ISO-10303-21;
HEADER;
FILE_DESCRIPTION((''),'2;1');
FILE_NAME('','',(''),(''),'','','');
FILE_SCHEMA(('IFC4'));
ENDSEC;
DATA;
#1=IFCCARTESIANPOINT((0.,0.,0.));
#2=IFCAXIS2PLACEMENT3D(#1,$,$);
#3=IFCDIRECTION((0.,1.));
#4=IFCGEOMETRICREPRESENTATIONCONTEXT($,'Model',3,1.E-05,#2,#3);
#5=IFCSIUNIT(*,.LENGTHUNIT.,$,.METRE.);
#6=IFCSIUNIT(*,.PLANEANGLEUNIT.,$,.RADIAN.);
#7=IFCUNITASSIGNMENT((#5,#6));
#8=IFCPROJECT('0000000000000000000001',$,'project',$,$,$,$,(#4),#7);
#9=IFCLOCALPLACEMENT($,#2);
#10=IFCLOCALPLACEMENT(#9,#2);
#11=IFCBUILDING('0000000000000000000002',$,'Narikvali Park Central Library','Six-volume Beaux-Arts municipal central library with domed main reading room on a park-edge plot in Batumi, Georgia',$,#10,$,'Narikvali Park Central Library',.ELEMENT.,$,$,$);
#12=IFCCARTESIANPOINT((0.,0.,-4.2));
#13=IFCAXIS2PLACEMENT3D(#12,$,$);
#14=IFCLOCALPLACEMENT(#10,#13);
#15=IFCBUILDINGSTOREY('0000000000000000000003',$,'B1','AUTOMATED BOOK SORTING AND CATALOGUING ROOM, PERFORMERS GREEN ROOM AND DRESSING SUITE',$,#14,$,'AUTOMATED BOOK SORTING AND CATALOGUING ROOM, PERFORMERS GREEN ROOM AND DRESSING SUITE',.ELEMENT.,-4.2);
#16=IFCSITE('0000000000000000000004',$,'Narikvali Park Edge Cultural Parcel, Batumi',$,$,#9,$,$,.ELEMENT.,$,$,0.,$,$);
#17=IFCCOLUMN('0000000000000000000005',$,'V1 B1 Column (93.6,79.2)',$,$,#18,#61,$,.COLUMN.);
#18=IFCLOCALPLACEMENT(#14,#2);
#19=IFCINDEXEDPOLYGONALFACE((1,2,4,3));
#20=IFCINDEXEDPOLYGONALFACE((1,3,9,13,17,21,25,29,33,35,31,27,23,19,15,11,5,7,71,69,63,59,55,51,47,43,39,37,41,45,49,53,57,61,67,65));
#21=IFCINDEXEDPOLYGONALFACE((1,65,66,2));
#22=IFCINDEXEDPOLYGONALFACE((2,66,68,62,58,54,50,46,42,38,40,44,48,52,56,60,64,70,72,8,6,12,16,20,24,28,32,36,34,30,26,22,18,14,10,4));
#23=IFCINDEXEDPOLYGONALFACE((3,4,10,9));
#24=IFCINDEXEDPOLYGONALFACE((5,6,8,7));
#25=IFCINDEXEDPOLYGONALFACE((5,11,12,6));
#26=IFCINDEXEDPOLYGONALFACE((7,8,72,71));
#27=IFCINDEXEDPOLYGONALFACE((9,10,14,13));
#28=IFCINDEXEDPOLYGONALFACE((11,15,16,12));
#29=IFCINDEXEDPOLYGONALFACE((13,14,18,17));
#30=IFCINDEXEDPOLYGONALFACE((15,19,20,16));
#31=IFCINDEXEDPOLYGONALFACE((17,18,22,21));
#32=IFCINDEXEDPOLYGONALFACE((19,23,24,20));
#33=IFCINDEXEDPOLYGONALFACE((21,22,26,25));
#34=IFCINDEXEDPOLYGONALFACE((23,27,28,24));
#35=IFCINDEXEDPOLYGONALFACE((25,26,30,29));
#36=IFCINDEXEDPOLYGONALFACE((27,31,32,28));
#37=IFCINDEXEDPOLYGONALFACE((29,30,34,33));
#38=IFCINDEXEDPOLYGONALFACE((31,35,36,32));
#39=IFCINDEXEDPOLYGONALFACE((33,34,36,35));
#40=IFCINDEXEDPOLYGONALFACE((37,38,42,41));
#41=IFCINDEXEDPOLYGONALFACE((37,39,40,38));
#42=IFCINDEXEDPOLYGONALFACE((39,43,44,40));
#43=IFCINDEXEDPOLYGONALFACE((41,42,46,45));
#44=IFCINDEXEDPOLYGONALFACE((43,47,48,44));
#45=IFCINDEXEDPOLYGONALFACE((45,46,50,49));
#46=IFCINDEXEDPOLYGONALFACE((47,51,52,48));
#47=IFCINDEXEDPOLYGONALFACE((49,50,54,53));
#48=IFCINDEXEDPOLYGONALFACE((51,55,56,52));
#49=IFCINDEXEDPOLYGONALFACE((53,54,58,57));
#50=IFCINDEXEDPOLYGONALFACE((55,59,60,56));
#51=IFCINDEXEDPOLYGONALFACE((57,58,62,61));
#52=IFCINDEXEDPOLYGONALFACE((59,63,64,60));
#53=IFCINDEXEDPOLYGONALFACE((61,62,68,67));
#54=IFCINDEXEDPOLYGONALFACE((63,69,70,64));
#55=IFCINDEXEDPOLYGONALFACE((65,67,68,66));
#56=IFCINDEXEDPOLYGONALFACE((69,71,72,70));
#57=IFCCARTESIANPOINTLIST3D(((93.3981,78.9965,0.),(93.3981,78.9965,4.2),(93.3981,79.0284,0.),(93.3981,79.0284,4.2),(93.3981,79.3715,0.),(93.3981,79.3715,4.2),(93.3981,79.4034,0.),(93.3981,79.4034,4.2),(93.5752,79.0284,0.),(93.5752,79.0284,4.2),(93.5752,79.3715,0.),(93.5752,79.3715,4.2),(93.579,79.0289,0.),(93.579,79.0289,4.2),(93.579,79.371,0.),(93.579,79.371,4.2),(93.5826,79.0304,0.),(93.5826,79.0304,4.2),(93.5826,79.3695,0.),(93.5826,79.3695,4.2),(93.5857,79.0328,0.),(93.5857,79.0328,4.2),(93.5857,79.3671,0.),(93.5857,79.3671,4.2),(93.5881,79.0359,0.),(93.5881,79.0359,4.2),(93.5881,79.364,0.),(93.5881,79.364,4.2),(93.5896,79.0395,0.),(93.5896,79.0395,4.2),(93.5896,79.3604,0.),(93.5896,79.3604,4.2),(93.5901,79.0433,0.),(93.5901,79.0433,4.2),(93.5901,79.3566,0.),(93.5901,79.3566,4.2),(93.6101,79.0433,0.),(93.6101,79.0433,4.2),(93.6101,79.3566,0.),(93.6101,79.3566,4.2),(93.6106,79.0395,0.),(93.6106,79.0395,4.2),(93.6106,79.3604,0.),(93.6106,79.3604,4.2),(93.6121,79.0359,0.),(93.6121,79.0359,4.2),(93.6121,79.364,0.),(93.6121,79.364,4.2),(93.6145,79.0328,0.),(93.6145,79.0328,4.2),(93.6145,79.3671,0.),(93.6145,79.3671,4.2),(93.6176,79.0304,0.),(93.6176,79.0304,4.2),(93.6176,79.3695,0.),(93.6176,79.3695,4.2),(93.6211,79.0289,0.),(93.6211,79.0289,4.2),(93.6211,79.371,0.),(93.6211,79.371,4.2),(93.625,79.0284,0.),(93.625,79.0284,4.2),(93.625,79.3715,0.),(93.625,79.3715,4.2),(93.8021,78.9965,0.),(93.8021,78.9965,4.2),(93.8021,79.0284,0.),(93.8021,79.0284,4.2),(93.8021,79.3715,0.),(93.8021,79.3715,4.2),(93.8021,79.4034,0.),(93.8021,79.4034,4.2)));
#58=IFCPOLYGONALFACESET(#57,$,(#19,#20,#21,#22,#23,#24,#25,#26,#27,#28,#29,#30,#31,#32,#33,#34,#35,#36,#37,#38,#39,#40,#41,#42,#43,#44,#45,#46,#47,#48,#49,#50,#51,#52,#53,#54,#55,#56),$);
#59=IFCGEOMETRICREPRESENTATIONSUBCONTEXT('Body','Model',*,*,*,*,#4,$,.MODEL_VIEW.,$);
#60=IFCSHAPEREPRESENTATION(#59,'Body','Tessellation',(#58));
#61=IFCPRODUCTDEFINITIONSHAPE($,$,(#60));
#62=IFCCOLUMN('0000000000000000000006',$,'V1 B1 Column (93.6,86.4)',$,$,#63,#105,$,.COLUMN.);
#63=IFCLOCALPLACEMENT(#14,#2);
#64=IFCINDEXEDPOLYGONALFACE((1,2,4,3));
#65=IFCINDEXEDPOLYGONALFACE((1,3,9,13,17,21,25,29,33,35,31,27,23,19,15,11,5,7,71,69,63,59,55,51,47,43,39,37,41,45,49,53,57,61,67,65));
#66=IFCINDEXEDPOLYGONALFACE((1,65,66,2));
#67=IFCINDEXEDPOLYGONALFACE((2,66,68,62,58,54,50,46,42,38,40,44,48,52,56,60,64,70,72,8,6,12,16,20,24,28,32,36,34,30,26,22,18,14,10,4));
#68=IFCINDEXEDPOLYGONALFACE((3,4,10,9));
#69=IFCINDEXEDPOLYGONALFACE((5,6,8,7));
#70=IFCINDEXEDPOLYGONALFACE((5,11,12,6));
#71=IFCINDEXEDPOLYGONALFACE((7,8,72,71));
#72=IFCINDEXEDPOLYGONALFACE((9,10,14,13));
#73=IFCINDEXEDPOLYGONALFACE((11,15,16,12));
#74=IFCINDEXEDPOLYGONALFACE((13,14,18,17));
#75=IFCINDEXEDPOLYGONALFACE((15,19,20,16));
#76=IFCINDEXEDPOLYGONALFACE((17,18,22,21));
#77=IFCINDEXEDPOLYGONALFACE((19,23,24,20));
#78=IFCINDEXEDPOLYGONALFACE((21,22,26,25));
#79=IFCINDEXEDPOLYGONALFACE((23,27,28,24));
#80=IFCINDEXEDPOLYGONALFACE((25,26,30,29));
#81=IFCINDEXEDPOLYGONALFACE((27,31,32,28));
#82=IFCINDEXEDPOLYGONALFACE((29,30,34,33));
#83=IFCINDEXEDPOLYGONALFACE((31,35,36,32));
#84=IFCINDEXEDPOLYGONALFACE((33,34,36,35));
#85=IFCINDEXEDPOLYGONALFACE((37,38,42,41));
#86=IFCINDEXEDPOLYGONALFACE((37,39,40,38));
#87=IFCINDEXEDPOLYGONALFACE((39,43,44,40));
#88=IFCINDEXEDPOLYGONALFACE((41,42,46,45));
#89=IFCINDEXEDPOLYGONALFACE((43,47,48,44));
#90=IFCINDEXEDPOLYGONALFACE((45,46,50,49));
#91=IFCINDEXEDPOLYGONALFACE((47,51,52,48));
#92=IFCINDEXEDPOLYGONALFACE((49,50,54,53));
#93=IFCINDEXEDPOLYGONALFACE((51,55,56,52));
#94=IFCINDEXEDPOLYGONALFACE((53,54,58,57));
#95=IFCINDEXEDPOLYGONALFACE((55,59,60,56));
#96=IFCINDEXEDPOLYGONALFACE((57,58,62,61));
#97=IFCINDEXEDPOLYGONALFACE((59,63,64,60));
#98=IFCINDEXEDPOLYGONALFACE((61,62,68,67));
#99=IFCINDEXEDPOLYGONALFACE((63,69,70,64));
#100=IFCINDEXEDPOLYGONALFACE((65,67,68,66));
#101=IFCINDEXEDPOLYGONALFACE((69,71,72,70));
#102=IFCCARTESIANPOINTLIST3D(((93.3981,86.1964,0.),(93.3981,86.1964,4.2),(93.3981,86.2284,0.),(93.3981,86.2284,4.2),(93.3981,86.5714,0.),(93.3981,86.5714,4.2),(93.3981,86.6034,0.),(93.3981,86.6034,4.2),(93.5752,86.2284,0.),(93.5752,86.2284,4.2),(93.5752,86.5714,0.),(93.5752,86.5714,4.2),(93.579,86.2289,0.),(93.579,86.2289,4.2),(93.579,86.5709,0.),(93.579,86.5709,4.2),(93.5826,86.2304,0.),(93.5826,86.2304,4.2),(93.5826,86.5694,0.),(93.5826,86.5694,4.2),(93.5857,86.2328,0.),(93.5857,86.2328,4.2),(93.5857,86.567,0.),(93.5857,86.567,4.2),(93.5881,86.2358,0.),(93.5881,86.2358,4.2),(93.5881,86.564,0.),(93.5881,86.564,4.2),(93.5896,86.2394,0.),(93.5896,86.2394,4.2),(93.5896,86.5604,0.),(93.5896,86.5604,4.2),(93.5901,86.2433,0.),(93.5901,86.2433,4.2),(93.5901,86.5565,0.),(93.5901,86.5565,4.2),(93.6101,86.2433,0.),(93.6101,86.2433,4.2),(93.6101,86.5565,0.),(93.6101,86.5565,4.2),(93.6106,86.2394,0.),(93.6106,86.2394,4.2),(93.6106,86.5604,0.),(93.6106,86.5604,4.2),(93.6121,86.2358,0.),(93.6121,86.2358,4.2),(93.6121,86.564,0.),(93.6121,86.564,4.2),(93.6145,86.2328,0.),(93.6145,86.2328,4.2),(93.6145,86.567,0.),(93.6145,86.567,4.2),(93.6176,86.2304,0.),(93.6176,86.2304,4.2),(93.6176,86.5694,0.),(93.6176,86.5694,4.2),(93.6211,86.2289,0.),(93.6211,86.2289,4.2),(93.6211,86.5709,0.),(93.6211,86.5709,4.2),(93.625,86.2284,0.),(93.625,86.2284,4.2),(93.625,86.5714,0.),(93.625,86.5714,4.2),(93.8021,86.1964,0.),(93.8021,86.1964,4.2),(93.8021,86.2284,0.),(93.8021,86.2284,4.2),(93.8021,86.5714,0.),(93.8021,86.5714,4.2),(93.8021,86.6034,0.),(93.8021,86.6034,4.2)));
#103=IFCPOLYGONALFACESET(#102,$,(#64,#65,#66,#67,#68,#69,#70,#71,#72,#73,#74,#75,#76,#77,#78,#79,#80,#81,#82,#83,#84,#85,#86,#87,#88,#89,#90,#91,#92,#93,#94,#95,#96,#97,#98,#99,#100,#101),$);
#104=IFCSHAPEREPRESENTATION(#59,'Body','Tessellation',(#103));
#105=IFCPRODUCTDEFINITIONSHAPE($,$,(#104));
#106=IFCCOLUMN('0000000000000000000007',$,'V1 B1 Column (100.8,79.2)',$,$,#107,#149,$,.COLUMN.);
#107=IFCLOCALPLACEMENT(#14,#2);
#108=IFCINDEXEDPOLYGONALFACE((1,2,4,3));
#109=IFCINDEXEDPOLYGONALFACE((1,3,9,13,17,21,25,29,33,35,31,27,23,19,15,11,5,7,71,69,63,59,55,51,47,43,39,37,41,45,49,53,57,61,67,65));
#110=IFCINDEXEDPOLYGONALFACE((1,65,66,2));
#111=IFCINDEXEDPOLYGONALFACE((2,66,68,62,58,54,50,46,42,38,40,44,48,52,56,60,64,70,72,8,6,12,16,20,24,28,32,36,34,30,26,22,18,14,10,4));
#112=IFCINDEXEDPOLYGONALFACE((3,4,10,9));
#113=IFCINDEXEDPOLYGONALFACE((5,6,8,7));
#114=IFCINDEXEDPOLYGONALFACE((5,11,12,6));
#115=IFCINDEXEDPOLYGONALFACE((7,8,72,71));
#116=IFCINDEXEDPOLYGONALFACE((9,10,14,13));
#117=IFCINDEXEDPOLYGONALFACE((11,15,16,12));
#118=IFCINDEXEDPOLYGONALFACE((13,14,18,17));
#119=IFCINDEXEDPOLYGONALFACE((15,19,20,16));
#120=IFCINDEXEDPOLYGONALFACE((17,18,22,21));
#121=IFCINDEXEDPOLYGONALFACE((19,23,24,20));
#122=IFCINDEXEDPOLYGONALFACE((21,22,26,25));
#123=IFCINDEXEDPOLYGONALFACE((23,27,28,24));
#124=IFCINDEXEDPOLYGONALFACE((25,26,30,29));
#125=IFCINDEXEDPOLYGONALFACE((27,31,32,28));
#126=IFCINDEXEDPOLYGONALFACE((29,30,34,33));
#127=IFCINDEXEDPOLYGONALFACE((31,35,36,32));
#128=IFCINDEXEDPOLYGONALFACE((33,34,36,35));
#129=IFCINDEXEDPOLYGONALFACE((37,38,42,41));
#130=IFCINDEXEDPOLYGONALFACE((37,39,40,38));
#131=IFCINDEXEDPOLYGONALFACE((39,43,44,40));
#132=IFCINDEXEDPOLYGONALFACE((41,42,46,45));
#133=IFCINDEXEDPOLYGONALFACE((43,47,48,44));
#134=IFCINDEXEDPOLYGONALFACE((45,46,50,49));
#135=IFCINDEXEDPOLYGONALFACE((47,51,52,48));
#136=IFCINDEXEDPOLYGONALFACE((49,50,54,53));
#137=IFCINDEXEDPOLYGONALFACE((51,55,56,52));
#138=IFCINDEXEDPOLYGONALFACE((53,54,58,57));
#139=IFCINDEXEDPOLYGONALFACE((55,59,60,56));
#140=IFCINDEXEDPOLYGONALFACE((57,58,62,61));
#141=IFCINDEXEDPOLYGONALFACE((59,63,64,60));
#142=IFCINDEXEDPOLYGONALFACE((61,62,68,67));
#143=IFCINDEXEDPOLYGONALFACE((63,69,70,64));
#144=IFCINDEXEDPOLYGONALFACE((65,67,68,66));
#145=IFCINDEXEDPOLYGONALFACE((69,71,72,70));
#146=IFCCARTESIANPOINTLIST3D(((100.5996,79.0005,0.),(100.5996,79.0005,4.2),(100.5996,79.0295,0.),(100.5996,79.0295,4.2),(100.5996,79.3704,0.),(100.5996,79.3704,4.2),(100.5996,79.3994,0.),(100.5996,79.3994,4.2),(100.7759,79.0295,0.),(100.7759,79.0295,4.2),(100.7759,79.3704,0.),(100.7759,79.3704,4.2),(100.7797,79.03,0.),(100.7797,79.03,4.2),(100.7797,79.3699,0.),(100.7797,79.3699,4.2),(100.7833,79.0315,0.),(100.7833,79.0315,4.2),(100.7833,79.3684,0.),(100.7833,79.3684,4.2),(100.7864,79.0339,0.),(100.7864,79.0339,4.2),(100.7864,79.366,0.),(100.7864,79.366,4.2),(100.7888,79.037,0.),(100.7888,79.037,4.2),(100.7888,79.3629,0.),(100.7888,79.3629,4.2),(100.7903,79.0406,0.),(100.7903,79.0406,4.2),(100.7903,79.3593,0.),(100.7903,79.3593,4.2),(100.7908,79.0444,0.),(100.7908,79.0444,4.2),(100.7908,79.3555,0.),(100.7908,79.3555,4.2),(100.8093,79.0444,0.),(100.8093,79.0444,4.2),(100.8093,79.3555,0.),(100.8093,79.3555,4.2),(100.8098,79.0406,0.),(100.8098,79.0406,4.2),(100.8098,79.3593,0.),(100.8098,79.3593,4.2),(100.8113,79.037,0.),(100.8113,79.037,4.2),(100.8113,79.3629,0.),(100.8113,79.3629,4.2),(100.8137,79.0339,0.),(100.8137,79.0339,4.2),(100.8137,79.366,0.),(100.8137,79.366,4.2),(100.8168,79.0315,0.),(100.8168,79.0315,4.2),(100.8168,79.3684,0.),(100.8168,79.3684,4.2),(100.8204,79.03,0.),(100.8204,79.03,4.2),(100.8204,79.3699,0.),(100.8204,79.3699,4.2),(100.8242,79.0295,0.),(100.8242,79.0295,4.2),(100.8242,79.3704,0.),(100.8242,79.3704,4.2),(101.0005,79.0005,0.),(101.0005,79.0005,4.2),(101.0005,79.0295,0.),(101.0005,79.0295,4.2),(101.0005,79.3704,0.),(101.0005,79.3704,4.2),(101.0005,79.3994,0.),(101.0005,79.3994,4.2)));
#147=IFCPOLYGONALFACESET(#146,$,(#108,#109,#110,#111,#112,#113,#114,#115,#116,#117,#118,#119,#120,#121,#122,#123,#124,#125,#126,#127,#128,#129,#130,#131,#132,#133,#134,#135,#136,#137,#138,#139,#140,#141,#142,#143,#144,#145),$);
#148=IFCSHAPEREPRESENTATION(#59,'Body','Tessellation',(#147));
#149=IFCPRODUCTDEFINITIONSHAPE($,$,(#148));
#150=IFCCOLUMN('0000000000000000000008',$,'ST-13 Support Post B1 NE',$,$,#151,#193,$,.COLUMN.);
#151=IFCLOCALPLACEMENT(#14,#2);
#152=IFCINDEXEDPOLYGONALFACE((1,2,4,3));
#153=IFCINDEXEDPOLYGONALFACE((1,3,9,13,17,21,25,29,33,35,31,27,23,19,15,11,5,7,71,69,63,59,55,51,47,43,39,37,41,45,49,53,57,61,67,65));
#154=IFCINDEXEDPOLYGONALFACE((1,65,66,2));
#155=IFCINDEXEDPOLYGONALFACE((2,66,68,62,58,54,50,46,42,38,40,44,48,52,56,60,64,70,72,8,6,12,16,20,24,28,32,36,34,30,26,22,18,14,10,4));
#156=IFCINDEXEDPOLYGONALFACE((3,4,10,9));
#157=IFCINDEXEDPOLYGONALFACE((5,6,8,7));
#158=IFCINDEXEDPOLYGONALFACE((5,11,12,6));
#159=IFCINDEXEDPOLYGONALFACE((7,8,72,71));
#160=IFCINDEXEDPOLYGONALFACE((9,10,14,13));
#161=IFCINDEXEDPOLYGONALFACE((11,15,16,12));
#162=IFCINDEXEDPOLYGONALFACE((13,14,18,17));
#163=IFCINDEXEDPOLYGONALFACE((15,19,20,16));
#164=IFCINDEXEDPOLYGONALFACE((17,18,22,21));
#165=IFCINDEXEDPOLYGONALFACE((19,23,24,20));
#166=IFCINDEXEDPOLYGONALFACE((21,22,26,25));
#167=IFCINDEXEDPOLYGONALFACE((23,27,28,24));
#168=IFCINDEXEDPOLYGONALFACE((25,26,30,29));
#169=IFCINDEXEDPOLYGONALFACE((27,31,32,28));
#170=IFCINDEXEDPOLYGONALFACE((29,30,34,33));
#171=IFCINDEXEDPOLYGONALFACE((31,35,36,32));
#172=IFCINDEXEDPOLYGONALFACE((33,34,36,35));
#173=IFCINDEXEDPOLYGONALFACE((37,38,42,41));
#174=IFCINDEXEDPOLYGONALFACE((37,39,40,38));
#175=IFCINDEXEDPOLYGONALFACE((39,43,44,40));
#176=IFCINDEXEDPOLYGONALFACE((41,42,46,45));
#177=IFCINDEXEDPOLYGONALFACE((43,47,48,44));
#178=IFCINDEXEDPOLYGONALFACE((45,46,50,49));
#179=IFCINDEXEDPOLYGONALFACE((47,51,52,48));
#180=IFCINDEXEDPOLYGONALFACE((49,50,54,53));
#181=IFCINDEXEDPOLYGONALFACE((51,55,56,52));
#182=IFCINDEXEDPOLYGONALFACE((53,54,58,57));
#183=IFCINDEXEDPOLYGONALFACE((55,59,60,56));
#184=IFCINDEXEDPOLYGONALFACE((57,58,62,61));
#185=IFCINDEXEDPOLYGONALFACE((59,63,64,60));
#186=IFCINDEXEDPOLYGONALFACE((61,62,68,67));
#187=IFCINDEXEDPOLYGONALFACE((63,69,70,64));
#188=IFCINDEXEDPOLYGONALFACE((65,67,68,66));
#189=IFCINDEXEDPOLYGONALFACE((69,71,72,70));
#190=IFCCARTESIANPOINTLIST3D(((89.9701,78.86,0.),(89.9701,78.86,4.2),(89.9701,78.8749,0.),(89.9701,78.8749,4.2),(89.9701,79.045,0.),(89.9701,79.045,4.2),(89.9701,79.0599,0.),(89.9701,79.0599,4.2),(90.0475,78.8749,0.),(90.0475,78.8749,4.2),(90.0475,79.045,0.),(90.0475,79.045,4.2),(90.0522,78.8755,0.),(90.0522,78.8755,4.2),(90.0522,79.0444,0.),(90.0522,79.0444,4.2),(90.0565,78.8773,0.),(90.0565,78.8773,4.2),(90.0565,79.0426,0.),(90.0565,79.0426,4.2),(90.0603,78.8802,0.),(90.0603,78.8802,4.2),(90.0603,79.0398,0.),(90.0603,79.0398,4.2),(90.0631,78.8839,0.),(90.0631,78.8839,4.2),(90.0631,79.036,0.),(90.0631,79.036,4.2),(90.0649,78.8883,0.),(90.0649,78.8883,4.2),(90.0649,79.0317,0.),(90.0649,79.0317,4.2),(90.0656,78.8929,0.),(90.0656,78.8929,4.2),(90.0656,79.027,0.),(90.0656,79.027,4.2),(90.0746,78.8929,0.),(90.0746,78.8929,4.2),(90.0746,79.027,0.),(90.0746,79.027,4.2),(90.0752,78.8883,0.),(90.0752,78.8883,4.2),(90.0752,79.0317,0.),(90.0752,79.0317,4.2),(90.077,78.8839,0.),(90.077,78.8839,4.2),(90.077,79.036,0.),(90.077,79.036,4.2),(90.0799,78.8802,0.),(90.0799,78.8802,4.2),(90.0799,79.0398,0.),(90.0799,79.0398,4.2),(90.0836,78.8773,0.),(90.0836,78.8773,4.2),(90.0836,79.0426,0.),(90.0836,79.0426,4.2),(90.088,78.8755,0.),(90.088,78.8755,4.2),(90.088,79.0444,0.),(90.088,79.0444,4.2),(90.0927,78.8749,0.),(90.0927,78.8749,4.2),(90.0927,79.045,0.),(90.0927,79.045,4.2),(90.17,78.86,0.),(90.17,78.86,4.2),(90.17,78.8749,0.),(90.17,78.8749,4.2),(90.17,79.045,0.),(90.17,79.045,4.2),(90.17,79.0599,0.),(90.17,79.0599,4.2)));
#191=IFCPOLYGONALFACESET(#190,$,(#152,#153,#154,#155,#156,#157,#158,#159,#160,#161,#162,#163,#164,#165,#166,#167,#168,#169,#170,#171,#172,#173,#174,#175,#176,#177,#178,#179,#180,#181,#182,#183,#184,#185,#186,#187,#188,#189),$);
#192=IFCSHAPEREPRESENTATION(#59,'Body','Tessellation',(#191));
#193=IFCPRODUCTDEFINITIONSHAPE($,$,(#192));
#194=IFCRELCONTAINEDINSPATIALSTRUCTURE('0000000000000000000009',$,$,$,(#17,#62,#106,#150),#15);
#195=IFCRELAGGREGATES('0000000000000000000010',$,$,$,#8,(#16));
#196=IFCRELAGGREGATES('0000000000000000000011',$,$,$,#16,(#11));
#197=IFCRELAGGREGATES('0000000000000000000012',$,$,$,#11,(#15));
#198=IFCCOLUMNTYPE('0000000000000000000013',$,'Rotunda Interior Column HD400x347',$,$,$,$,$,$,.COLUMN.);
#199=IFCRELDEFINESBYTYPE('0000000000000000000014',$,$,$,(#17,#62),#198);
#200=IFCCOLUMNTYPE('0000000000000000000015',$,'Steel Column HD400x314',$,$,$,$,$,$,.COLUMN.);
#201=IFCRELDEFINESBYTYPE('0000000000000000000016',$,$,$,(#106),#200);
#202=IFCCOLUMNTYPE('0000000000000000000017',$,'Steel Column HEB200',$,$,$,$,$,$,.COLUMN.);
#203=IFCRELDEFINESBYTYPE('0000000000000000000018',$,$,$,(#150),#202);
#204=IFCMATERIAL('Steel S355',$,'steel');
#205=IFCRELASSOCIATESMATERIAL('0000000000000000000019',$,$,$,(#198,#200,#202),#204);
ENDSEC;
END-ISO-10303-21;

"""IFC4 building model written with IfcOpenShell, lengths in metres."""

from ifc_helpers import new_model, si_unit, direction, frame, origin, origin_2d, place, context, subcontext, project, spatial, i_section, extrude, material, material_profile, profile_set, type_object, element, save


model = new_model("IFC4")

# Units and contexts
model_context = context("Model", 3, precision=1e-05, world=origin(), true_north=direction((0.0, 1.0)))
body_context = subcontext(model_context, "Body", "Model", "MODEL_VIEW")
ifc_project = project(units=[si_unit("LENGTHUNIT", "METRE"), si_unit("PLANEANGLEUNIT", "RADIAN")], contexts=[model_context])

# Site, building, storey
site_placement = place(None, origin())
site = spatial("IfcSite", under=ifc_project, at=site_placement, Name="Narikvali Park Edge Cultural Parcel, Batumi", CompositionType="ELEMENT", RefElevation=0.0)
building_placement = place(site_placement, origin())
building = spatial("IfcBuilding", under=site, at=building_placement, Name="Narikvali Park Central Library", Description="Six-volume Beaux-Arts municipal central library with domed main reading room on a park-edge plot in Batumi, Georgia", LongName="Narikvali Park Central Library", CompositionType="ELEMENT")
storey_placement = place(building_placement, frame((0.0, 0.0, -4.2)))
storey = spatial("IfcBuildingStorey", under=building, at=storey_placement, Name="B1", Description="AUTOMATED BOOK SORTING AND CATALOGUING ROOM, PERFORMERS GREEN ROOM AND DRESSING SUITE", LongName="AUTOMATED BOOK SORTING AND CATALOGUING ROOM, PERFORMERS GREEN ROOM AND DRESSING SUITE", CompositionType="ELEMENT", Elevation=-4.2)

# Columns
ifc_material_1 = material(Name="Steel S355", Category="steel")
ifc_material_profile_1 = material_profile(ifc_material_1, i_section(OverallWidth=0.4041, OverallDepth=0.407, WebThickness=0.02, FlangeThickness=0.032, FilletRadius=0.0149, at=origin_2d()), Name="HD 400x347")
ifc_profile_set_1 = profile_set([ifc_material_profile_1], Name="Steel S355")
column_type_1 = type_object("IfcColumnType", Name="Rotunda Interior Column HD400x347", PredefinedType="COLUMN", material=ifc_profile_set_1)
for number, where, z_axis, x_axis, name in (
    (1, (93.6001, 79.2, 0.0), (0.0, 0.0, 1.0), (1.0, 0.0, 0.0), "V1 B1 Column (93.6,79.2)"),
    (2, (93.6001, 86.3999, 0.0), (0.0, 0.0, 1.0), (1.0, 0.0, 0.0), "V1 B1 Column (93.6,86.4)"),
):
    element("IfcColumn", number, at=place(storey_placement, frame(where, z_axis=z_axis, x_axis=x_axis)), inside=storey, type_object=column_type_1, Name=name, PredefinedType="COLUMN", context=body_context, shape_type="SweptSolid", body=[
        extrude(i_section(OverallWidth=0.4041, OverallDepth=0.407, WebThickness=0.02, FlangeThickness=0.032, FilletRadius=0.0149, at=origin_2d()), origin(), (0.0, 0.0, 1.0), 4.2),
    ])
ifc_material_profile_2 = material_profile(ifc_material_1, i_section(OverallWidth=0.4009, OverallDepth=0.3989, WebThickness=0.0186, FlangeThickness=0.0291, FilletRadius=0.0149, at=origin_2d()), Name="HD 400x314")
ifc_profile_set_2 = profile_set([ifc_material_profile_2], Name="Steel S355")
column_type_2 = type_object("IfcColumnType", Name="Steel Column HD400x314", PredefinedType="COLUMN", material=ifc_profile_set_2)
column_1_placement = place(storey_placement, frame((100.8, 79.2, 0.0), z_axis=(0.0, 0.0, 1.0), x_axis=(1.0, 0.0, 0.0)))
element("IfcColumn", 3, at=column_1_placement, inside=storey, type_object=column_type_2, Name="V1 B1 Column (100.8,79.2)", PredefinedType="COLUMN", context=body_context, shape_type="SweptSolid", body=[
    extrude(i_section(OverallWidth=0.4009, OverallDepth=0.3989, WebThickness=0.0186, FlangeThickness=0.0291, FilletRadius=0.0149, at=origin_2d()), origin(), (0.0, 0.0, 1.0), 4.2),
])
ifc_material_profile_3 = material_profile(ifc_material_1, i_section(OverallWidth=0.2, OverallDepth=0.2, WebThickness=0.009, FlangeThickness=0.0149, FilletRadius=0.0181, at=origin_2d()), Name="HEB 200")
ifc_profile_set_3 = profile_set([ifc_material_profile_3], Name="Steel S355")
column_type_3 = type_object("IfcColumnType", Name="Steel Column HEB200", PredefinedType="COLUMN", material=ifc_profile_set_3)
column_2_placement = place(storey_placement, frame((90.0701, 78.96, 0.0), z_axis=(0.0, 0.0, 1.0), x_axis=(1.0, 0.0, 0.0)))
element("IfcColumn", 4, at=column_2_placement, inside=storey, type_object=column_type_3, Name="ST-13 Support Post B1 NE", PredefinedType="COLUMN", context=body_context, shape_type="SweptSolid", body=[
    extrude(i_section(OverallWidth=0.2, OverallDepth=0.2, WebThickness=0.009, FlangeThickness=0.0149, FilletRadius=0.0181, at=origin_2d()), origin(), (0.0, 0.0, 1.0), 4.2),
])

save(model, "model.ifc")
